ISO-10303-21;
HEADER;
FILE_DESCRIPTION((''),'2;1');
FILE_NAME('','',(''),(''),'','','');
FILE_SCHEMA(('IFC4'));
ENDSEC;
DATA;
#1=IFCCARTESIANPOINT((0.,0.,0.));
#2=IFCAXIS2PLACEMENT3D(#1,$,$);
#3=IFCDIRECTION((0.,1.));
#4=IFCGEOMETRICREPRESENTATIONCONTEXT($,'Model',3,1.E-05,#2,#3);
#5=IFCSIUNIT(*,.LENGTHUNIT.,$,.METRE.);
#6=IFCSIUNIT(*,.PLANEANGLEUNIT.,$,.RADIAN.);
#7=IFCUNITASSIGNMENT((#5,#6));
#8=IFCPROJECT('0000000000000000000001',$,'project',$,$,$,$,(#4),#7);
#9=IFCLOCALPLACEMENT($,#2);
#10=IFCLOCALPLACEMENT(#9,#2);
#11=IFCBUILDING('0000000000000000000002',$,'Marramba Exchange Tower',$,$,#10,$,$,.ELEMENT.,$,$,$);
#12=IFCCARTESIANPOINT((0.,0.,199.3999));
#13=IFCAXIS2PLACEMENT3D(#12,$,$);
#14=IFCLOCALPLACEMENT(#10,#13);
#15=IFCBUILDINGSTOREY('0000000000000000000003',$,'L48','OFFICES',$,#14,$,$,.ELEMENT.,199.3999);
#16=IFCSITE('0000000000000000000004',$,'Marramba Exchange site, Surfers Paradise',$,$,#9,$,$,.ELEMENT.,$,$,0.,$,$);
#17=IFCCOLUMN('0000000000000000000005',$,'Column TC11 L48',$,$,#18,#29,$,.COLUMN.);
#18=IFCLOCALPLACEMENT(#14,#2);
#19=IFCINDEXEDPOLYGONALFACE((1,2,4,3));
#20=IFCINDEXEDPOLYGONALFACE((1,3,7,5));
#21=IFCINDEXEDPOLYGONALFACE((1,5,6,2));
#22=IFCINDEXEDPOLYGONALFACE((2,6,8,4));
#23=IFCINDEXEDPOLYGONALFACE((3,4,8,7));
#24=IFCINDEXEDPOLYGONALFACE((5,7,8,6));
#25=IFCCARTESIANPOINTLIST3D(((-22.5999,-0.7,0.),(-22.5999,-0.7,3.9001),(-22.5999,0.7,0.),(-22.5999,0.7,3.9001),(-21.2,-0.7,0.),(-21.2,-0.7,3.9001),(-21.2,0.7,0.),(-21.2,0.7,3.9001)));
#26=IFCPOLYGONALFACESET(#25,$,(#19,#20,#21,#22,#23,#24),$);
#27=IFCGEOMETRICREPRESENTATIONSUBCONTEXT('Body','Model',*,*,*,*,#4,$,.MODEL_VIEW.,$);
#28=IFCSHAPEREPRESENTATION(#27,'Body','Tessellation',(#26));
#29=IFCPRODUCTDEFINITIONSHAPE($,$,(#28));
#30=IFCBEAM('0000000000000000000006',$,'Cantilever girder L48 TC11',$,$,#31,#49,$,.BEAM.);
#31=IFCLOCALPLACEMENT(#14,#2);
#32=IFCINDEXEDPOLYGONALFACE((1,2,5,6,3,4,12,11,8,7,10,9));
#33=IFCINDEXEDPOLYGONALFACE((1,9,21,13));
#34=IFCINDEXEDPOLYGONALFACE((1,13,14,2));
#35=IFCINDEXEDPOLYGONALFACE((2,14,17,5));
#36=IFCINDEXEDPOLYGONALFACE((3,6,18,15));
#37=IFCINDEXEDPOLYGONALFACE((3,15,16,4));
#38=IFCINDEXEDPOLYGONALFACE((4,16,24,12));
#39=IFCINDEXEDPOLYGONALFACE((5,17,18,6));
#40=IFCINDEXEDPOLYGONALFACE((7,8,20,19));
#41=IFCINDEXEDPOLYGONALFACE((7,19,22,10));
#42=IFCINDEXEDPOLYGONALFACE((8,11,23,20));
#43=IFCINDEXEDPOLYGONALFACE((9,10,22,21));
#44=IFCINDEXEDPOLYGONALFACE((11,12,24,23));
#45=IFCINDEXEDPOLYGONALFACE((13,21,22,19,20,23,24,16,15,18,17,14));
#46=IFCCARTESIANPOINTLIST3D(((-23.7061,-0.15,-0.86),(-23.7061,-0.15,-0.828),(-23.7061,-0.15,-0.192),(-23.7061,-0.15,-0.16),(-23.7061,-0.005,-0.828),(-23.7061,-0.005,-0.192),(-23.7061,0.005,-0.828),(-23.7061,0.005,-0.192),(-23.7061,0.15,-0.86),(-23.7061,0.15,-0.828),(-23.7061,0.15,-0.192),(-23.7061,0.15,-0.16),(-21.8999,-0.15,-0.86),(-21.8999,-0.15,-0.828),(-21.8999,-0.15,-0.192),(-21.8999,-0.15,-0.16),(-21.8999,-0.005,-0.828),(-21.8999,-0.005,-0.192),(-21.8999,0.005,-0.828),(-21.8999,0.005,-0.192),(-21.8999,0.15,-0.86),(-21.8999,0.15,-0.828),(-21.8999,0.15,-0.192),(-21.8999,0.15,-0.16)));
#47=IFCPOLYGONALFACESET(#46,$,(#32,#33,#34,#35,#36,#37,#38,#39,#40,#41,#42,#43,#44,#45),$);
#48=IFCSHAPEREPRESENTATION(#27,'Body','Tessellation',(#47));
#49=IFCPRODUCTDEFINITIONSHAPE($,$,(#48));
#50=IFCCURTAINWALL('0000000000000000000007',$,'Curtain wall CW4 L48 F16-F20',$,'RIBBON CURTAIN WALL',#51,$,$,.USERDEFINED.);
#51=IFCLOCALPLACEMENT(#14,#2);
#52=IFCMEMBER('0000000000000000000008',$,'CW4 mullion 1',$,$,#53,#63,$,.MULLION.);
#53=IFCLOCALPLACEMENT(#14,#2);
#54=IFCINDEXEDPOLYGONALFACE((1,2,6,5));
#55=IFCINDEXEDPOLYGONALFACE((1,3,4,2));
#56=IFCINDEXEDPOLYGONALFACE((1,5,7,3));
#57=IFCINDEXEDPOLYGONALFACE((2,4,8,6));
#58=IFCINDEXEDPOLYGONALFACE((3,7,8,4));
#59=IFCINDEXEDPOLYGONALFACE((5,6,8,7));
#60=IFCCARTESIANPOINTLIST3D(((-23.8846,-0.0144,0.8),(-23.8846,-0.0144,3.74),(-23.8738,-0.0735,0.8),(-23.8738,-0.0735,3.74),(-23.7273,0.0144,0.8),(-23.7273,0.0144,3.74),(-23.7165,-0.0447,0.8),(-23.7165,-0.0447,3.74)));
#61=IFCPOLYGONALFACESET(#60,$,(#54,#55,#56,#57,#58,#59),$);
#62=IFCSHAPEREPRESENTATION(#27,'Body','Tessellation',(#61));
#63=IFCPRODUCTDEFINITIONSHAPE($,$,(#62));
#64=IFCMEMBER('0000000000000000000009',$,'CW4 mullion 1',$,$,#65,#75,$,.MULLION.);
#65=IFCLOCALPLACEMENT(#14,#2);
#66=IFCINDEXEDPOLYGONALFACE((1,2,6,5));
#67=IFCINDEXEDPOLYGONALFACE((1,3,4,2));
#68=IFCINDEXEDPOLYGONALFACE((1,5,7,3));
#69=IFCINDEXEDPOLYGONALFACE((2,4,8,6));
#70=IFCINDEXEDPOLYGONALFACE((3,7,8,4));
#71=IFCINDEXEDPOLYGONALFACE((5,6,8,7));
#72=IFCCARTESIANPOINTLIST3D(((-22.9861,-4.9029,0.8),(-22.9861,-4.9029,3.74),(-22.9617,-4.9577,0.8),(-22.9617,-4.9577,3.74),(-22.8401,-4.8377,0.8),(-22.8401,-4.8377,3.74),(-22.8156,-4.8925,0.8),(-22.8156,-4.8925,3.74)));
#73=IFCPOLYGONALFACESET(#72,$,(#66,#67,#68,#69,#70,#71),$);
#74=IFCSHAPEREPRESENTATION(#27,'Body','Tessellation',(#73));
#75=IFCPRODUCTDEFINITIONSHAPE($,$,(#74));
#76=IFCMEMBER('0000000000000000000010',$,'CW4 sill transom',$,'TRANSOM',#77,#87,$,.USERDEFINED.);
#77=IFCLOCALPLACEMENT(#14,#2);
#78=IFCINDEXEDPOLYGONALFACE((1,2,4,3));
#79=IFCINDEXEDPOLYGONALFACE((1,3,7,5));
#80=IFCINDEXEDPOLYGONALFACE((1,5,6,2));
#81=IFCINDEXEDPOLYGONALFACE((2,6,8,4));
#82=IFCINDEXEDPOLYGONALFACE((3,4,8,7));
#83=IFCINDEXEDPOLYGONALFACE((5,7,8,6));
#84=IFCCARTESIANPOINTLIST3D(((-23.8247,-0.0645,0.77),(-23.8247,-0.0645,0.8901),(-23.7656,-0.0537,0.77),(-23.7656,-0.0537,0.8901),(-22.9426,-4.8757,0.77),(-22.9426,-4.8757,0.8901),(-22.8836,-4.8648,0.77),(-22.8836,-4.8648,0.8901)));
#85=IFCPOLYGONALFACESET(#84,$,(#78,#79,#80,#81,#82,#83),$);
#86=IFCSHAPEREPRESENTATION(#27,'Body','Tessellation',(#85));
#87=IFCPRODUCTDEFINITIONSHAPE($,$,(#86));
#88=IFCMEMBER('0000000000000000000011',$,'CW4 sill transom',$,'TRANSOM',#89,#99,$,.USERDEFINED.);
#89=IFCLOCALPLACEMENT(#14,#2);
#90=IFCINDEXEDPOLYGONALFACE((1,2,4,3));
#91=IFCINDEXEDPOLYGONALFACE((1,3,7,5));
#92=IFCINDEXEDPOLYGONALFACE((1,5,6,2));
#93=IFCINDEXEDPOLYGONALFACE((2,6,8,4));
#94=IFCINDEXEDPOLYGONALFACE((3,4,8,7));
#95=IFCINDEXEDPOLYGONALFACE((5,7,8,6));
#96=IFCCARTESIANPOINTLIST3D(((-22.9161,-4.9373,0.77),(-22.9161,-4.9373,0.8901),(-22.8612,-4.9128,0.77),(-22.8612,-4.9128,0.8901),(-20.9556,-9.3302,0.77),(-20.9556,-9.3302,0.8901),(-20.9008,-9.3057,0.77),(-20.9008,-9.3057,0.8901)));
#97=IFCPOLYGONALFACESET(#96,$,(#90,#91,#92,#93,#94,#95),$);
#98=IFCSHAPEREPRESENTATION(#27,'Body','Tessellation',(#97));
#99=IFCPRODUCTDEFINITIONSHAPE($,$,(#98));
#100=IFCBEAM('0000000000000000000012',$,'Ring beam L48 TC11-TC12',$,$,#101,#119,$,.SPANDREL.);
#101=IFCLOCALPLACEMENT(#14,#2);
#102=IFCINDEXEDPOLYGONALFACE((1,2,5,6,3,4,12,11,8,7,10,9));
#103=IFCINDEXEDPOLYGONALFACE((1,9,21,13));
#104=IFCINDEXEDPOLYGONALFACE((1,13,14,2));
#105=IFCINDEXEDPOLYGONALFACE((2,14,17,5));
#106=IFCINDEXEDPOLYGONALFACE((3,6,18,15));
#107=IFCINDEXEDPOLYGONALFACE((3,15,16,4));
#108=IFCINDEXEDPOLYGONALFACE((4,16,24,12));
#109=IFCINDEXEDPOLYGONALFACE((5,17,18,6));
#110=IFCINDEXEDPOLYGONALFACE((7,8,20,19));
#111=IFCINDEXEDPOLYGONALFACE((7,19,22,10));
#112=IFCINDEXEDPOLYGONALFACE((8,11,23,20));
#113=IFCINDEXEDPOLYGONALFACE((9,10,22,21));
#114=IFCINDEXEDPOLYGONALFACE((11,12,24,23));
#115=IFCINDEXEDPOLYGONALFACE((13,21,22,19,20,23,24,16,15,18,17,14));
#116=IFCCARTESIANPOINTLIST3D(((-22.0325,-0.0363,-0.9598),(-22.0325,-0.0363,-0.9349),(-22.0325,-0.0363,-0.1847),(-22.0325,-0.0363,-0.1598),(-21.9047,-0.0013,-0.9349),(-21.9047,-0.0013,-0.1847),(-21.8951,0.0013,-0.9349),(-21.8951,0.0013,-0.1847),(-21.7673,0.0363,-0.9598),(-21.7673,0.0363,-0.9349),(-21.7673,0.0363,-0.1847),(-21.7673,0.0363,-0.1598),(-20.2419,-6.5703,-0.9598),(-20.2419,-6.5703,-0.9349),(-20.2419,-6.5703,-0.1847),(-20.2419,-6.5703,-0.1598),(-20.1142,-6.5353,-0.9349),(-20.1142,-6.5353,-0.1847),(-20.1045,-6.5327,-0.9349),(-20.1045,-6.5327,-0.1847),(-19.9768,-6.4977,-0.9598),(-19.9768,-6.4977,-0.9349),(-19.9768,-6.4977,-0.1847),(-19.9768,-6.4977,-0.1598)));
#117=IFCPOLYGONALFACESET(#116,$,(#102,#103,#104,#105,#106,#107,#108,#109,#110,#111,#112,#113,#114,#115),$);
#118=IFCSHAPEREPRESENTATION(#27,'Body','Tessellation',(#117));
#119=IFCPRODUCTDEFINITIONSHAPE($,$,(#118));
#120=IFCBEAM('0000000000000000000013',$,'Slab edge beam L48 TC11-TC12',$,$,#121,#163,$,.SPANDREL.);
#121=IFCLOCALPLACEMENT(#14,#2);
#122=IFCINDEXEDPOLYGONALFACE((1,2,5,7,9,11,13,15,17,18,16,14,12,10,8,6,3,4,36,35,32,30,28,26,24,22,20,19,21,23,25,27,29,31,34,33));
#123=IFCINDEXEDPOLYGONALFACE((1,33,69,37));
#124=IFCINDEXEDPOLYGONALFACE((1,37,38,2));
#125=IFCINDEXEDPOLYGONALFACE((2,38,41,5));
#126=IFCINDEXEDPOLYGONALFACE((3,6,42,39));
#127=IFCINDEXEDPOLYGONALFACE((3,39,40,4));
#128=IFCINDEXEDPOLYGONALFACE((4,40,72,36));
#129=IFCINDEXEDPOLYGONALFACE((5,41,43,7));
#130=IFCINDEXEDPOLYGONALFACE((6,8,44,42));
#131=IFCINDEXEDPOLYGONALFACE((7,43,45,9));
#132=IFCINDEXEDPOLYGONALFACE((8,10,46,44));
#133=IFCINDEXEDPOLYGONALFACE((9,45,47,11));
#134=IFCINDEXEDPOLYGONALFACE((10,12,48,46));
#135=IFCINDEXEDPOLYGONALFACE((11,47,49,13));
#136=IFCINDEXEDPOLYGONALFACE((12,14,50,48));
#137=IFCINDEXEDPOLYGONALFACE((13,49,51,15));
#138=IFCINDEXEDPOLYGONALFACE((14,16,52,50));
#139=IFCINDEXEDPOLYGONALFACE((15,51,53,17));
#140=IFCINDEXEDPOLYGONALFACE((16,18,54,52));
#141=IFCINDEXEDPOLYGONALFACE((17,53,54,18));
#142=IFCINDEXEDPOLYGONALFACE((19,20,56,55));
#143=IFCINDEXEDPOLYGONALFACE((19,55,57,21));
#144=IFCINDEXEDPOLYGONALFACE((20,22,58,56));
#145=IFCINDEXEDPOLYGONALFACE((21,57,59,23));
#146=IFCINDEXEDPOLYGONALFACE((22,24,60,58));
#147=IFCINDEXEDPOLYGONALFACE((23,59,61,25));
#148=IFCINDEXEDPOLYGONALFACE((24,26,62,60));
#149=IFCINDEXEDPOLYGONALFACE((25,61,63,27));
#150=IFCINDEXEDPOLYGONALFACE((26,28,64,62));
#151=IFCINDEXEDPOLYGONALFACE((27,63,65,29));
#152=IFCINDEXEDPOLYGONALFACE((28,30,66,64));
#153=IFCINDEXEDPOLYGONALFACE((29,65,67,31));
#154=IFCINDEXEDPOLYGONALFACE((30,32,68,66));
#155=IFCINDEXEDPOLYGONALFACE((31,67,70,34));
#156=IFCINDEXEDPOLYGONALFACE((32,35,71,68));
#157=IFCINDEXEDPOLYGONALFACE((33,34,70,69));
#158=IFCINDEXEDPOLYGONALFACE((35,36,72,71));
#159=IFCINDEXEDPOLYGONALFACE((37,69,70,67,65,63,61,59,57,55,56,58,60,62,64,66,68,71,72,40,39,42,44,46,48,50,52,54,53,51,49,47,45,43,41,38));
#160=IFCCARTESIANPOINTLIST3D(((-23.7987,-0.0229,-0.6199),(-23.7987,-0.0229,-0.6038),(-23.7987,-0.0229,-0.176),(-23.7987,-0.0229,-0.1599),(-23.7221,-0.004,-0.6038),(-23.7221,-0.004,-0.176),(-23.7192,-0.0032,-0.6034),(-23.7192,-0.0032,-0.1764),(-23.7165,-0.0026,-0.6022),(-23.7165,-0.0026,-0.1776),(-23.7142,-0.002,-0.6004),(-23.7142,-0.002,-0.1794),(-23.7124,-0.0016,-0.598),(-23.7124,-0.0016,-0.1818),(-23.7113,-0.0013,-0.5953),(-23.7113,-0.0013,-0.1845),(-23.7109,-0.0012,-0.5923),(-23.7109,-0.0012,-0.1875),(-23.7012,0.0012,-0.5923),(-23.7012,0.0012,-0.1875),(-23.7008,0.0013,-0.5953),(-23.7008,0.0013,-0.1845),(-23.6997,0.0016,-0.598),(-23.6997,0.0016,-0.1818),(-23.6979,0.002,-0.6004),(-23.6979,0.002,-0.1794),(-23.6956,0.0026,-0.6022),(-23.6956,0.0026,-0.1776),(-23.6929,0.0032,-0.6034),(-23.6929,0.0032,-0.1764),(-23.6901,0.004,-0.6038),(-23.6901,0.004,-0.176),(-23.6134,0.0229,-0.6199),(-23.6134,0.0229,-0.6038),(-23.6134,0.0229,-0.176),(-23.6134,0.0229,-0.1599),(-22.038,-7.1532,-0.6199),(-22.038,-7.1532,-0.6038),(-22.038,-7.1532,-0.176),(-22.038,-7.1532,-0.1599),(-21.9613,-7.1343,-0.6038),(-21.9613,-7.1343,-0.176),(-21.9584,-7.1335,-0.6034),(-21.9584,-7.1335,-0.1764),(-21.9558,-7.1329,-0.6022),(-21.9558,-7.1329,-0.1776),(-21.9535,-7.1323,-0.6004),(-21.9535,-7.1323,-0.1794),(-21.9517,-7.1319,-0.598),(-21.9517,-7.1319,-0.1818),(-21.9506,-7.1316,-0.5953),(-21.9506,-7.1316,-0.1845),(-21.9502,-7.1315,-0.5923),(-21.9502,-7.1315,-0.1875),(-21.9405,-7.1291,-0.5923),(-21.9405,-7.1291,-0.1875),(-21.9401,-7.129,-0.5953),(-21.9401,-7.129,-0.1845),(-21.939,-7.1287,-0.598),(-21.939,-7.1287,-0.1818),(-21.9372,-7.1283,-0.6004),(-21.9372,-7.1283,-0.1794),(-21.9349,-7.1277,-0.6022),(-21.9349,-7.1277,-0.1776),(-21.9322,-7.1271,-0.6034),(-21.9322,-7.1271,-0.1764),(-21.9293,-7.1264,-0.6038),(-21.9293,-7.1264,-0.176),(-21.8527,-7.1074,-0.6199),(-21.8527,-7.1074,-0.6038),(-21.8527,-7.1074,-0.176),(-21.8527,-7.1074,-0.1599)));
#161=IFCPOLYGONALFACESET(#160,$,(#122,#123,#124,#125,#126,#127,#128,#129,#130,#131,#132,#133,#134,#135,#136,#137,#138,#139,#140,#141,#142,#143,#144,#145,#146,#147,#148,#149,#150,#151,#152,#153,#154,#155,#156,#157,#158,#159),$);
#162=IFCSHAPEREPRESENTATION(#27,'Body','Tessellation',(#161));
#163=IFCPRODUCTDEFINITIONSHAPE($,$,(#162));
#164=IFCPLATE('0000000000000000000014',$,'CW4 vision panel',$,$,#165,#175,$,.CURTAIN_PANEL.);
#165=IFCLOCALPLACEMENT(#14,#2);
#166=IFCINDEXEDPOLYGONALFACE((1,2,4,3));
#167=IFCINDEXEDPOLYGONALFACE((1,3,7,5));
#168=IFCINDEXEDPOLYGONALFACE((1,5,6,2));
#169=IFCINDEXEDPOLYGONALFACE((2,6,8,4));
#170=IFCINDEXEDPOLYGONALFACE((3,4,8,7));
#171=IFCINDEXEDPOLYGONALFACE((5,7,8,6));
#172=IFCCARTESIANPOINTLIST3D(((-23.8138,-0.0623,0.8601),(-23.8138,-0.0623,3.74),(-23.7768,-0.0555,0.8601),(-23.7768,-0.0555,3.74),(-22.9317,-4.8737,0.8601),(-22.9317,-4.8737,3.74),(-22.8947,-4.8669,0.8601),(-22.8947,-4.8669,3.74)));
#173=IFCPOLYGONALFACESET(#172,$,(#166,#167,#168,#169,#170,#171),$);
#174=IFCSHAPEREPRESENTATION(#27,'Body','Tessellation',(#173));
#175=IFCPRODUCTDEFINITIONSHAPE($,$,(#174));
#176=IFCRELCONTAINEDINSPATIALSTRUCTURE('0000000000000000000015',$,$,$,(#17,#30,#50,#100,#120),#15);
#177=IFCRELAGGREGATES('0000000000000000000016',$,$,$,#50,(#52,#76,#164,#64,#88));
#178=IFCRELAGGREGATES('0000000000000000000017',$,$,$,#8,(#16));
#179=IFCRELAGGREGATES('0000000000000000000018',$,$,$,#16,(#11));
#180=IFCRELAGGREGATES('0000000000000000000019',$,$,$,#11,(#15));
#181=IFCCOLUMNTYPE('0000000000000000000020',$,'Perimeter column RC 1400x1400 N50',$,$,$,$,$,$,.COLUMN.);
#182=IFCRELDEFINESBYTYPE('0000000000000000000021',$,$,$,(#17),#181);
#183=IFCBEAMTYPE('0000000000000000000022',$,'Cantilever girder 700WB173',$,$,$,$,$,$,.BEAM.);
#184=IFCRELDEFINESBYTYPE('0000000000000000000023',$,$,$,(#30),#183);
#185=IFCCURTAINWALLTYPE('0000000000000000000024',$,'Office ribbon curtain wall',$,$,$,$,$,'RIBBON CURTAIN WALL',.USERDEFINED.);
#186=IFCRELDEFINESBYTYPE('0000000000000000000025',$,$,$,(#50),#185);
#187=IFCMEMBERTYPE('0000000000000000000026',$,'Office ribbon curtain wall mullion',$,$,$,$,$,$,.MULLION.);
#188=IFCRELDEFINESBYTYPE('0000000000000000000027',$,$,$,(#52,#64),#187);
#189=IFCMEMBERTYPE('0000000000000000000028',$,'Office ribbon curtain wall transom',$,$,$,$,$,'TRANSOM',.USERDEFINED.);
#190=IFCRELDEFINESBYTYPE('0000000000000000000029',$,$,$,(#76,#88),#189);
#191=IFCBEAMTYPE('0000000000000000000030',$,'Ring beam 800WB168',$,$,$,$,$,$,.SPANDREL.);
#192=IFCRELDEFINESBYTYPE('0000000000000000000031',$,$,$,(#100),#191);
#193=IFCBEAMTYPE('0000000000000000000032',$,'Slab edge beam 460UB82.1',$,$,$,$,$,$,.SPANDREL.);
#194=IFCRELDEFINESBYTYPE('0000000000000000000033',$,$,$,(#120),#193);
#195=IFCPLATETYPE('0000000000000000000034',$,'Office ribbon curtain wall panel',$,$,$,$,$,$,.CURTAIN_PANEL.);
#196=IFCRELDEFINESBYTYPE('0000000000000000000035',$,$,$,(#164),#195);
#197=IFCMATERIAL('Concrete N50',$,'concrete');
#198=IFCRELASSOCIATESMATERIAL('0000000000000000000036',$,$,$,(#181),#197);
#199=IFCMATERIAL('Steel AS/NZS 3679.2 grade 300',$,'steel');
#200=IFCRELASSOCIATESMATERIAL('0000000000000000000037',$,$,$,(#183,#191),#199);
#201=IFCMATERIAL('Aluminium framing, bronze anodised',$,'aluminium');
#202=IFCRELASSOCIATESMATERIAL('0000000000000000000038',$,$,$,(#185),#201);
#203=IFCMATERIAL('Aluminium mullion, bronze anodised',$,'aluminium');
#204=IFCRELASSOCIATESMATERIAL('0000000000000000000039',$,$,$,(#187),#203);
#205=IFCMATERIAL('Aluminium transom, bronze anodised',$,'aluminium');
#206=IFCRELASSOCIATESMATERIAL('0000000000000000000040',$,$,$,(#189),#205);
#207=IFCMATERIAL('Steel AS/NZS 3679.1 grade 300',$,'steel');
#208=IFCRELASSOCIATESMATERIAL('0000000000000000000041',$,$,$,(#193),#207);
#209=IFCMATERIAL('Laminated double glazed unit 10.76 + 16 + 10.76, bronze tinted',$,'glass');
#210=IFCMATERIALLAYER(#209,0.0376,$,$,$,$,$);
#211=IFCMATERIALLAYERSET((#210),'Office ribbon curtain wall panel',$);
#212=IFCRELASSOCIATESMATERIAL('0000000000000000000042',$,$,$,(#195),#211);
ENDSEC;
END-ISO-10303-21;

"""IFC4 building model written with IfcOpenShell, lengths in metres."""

from ifc_helpers import new_model, si_unit, direction, frame, origin, origin_2d, place, context, subcontext, project, spatial, rectangle, i_section, extrude, material, layer, layer_set, material_profile, profile_set, type_object, element, aggregate, save


model = new_model("IFC4")

# Units and contexts
model_context = context("Model", 3, precision=1e-05, world=origin(), true_north=direction((0.0, 1.0)))
body_context = subcontext(model_context, "Body", "Model", "MODEL_VIEW")
ifc_project = project(units=[si_unit("LENGTHUNIT", "METRE"), si_unit("PLANEANGLEUNIT", "RADIAN")], contexts=[model_context])

# Site, building, storey
site_placement = place(None, origin())
site = spatial("IfcSite", under=ifc_project, at=site_placement, Name="Marramba Exchange site, Surfers Paradise", CompositionType="ELEMENT", RefElevation=0.0)
building_placement = place(site_placement, origin())
building = spatial("IfcBuilding", under=site, at=building_placement, Name="Marramba Exchange Tower", CompositionType="ELEMENT")
storey_placement = place(building_placement, frame((0.0, 0.0, 199.3999)))
storey = spatial("IfcBuildingStorey", under=building, at=storey_placement, Name="L48", Description="OFFICES", CompositionType="ELEMENT", Elevation=199.3999)

# Column
ifc_material_1 = material(Name="Concrete N50", Category="concrete")
ifc_material_profile_1 = material_profile(ifc_material_1, rectangle(XDim=1.3999, YDim=1.3999, at=origin_2d()), Name="RC 1400x1400")
ifc_profile_set_1 = profile_set([ifc_material_profile_1], Name="Concrete N50")
column_type = type_object("IfcColumnType", Name="Perimeter column RC 1400x1400 N50", PredefinedType="COLUMN", material=ifc_profile_set_1)
column_placement = place(storey_placement, frame((-21.8999, 0.0, 0.0), z_axis=(0.0, 0.0, 1.0), x_axis=(-1.0, 0.0, 0.0)))
element("IfcColumn", 1, at=column_placement, inside=storey, type_object=column_type, Name="Column TC11 L48", PredefinedType="COLUMN", context=body_context, shape_type="SweptSolid", body=[
    extrude(rectangle(XDim=1.3999, YDim=1.3999, at=origin_2d()), origin(), (0.0, 0.0, 1.0), 3.9001),
])

# Beam
ifc_material_2 = material(Name="Steel AS/NZS 3679.2 grade 300", Category="steel")
ifc_material_profile_2 = material_profile(ifc_material_2, i_section(OverallWidth=0.3, OverallDepth=0.7, WebThickness=0.01, FlangeThickness=0.032, at=origin_2d()), Name="700WB173")
ifc_profile_set_2 = profile_set([ifc_material_profile_2], Name="Steel AS/NZS 3679.2 grade 300")
beam_type_1 = type_object("IfcBeamType", Name="Cantilever girder 700WB173", PredefinedType="BEAM", material=ifc_profile_set_2)
beam_1_placement = place(storey_placement, frame((-21.8999, 0.0, -0.51), z_axis=(-1.0, 0.0, 0.0), x_axis=(0.0, -1.0, 0.0)))
element("IfcBeam", 2, at=beam_1_placement, inside=storey, type_object=beam_type_1, Name="Cantilever girder L48 TC11", PredefinedType="BEAM", context=body_context, shape_type="SweptSolid", body=[
    extrude(i_section(OverallWidth=0.3, OverallDepth=0.7, WebThickness=0.01, FlangeThickness=0.032, at=origin_2d()), origin(), (0.0, 0.0, 1.0), 1.8062),
])

# Curtain wall, members
ifc_material_3 = material(Name="Aluminium framing, bronze anodised", Category="aluminium")
curtain_wall_type = type_object("IfcCurtainWallType", Name="Office ribbon curtain wall", ElementType="RIBBON CURTAIN WALL", PredefinedType="USERDEFINED", material=ifc_material_3)
curtain_wall_placement = place(storey_placement, origin())
curtain_wall = element("IfcCurtainWall", 3, at=curtain_wall_placement, inside=storey, type_object=curtain_wall_type, Name="Curtain wall CW4 L48 F16-F20", ObjectType="RIBBON CURTAIN WALL", PredefinedType="USERDEFINED")
ifc_material_4 = material(Name="Aluminium mullion, bronze anodised", Category="aluminium")
ifc_material_profile_3 = material_profile(ifc_material_4, rectangle(XDim=0.1599, YDim=0.0601, at=origin_2d()), Name="CW4 mullion 60x160")
ifc_profile_set_3 = profile_set([ifc_material_profile_3], Name="Aluminium mullion, bronze anodised")
member_type_1 = type_object("IfcMemberType", Name="Office ribbon curtain wall mullion", PredefinedType="MULLION", material=ifc_profile_set_3)
member_1_placement = place(storey_placement, frame((-23.8005, -0.0295, 0.8), z_axis=(0.0, 0.0, 1.0), x_axis=(0.983607, 0.180327, 0.0)))
member_1 = element("IfcMember", 4, at=member_1_placement, type_object=member_type_1, Name="CW4 mullion 1", PredefinedType="MULLION", context=body_context, shape_type="SweptSolid", body=[
    extrude(rectangle(XDim=0.1599, YDim=0.0601, at=origin_2d()), origin(), (0.0, 0.0, 1.0), 2.9399),
])
member_2_placement = place(storey_placement, frame((-22.9009, -4.8977, 0.8), z_axis=(0.0, 0.0, 1.0), x_axis=(0.91318, 0.407558, 0.0)))
member_2 = element("IfcMember", 5, at=member_2_placement, type_object=member_type_1, Name="CW4 mullion 1", PredefinedType="MULLION", context=body_context, shape_type="SweptSolid", body=[
    extrude(rectangle(XDim=0.1599, YDim=0.0601, at=origin_2d()), origin(), (0.0, 0.0, 1.0), 2.9399),
])
ifc_material_5 = material(Name="Aluminium transom, bronze anodised", Category="aluminium")
ifc_material_profile_4 = material_profile(ifc_material_5, rectangle(XDim=0.0601, YDim=0.1201, at=origin_2d()), Name="CW4 transom 60x120")
ifc_profile_set_4 = profile_set([ifc_material_profile_4], Name="Aluminium transom, bronze anodised")
member_type_2 = type_object("IfcMemberType", Name="Office ribbon curtain wall transom", ElementType="TRANSOM", PredefinedType="USERDEFINED", material=ifc_profile_set_4)
member_3_placement = place(storey_placement, frame((-23.7952, -0.0591, 0.8301), z_axis=(0.18033, -0.983606, 0.0), x_axis=(0.983606, 0.18033, 0.0)))
member_3 = element("IfcMember", 6, at=member_3_placement, type_object=member_type_2, Name="CW4 sill transom", ObjectType="TRANSOM", PredefinedType="USERDEFINED", context=body_context, shape_type="SweptSolid", body=[
    extrude(rectangle(XDim=0.0601, YDim=0.1201, at=origin_2d()), origin(), (0.0, 0.0, 1.0), 4.8914),
])
member_4_placement = place(storey_placement, frame((-22.8887, -4.925, 0.8301), z_axis=(0.407541, -0.913187, 0.0), x_axis=(0.913187, 0.407541, 0.0)))
member_4 = element("IfcMember", 7, at=member_4_placement, type_object=member_type_2, Name="CW4 sill transom", ObjectType="TRANSOM", PredefinedType="USERDEFINED", context=body_context, shape_type="SweptSolid", body=[
    extrude(rectangle(XDim=0.0601, YDim=0.1201, at=origin_2d()), origin(), (0.0, 0.0, 1.0), 4.8105),
])

# Beams
ifc_material_profile_5 = material_profile(ifc_material_2, i_section(OverallWidth=0.2749, OverallDepth=0.8, WebThickness=0.01, FlangeThickness=0.0249, at=origin_2d()), Name="800WB168")
ifc_profile_set_5 = profile_set([ifc_material_profile_5], Name="Steel AS/NZS 3679.2 grade 300")
beam_type_2 = type_object("IfcBeamType", Name="Ring beam 800WB168", PredefinedType="SPANDREL", material=ifc_profile_set_5)
beam_2_placement = place(storey_placement, frame((-21.8999, 0.0, -0.5598), z_axis=(0.264291, -0.964443, 0.0), x_axis=(0.964443, 0.264291, 0.0)))
element("IfcBeam", 8, at=beam_2_placement, inside=storey, type_object=beam_type_2, Name="Ring beam L48 TC11-TC12", PredefinedType="SPANDREL", context=body_context, shape_type="SweptSolid", body=[
    extrude(i_section(OverallWidth=0.2749, OverallDepth=0.8, WebThickness=0.01, FlangeThickness=0.0249, at=origin_2d()), origin(), (0.0, 0.0, 1.0), 6.7749),
])
ifc_material_6 = material(Name="Steel AS/NZS 3679.1 grade 300", Category="steel")
ifc_material_profile_6 = material_profile(ifc_material_6, i_section(OverallWidth=0.1909, OverallDepth=0.46, WebThickness=0.01, FlangeThickness=0.0161, FilletRadius=0.0115, at=origin_2d()), Name="460UB82.1")
ifc_profile_set_6 = profile_set([ifc_material_profile_6], Name="Steel AS/NZS 3679.1 grade 300")
beam_type_3 = type_object("IfcBeamType", Name="Slab edge beam 460UB82.1", PredefinedType="SPANDREL", material=ifc_profile_set_6)
beam_3_placement = place(storey_placement, frame((-23.7061, 0.0, -0.3899), z_axis=(0.239735, -0.970838, 0.0), x_axis=(0.970838, 0.239735, 0.0)))
element("IfcBeam", 9, at=beam_3_placement, inside=storey, type_object=beam_type_3, Name="Slab edge beam L48 TC11-TC12", PredefinedType="SPANDREL", context=body_context, shape_type="SweptSolid", body=[
    extrude(i_section(OverallWidth=0.1909, OverallDepth=0.46, WebThickness=0.01, FlangeThickness=0.0161, FilletRadius=0.0115, at=origin_2d()), origin(), (0.0, 0.0, 1.0), 7.3445),
])

# Plate
ifc_material_7 = material(Name="Laminated double glazed unit 10.76 + 16 + 10.76, bronze tinted", Category="glass")
ifc_layer_1 = layer(ifc_material_7, 0.0376)
ifc_layer_set_1 = layer_set([ifc_layer_1], Name="Office ribbon curtain wall panel")
plate_type = type_object("IfcPlateType", Name="Office ribbon curtain wall panel", PredefinedType="CURTAIN_PANEL", material=ifc_layer_set_1)
plate_placement = place(storey_placement, frame((-23.3542, -2.4646, 0.8601), z_axis=(0.0, 0.0, 1.0), x_axis=(0.180327, -0.983607, 0.0)))
plate = element("IfcPlate", 10, at=plate_placement, type_object=plate_type, Name="CW4 vision panel", PredefinedType="CURTAIN_PANEL", context=body_context, shape_type="SweptSolid", body=[
    extrude(rectangle(XDim=4.8916, YDim=0.0376, at=origin_2d()), origin(), (0.0, 0.0, 1.0), 2.8799),
])
aggregate(curtain_wall, [member_1, member_3, plate, member_2, member_4])

save(model, "model.ifc")
